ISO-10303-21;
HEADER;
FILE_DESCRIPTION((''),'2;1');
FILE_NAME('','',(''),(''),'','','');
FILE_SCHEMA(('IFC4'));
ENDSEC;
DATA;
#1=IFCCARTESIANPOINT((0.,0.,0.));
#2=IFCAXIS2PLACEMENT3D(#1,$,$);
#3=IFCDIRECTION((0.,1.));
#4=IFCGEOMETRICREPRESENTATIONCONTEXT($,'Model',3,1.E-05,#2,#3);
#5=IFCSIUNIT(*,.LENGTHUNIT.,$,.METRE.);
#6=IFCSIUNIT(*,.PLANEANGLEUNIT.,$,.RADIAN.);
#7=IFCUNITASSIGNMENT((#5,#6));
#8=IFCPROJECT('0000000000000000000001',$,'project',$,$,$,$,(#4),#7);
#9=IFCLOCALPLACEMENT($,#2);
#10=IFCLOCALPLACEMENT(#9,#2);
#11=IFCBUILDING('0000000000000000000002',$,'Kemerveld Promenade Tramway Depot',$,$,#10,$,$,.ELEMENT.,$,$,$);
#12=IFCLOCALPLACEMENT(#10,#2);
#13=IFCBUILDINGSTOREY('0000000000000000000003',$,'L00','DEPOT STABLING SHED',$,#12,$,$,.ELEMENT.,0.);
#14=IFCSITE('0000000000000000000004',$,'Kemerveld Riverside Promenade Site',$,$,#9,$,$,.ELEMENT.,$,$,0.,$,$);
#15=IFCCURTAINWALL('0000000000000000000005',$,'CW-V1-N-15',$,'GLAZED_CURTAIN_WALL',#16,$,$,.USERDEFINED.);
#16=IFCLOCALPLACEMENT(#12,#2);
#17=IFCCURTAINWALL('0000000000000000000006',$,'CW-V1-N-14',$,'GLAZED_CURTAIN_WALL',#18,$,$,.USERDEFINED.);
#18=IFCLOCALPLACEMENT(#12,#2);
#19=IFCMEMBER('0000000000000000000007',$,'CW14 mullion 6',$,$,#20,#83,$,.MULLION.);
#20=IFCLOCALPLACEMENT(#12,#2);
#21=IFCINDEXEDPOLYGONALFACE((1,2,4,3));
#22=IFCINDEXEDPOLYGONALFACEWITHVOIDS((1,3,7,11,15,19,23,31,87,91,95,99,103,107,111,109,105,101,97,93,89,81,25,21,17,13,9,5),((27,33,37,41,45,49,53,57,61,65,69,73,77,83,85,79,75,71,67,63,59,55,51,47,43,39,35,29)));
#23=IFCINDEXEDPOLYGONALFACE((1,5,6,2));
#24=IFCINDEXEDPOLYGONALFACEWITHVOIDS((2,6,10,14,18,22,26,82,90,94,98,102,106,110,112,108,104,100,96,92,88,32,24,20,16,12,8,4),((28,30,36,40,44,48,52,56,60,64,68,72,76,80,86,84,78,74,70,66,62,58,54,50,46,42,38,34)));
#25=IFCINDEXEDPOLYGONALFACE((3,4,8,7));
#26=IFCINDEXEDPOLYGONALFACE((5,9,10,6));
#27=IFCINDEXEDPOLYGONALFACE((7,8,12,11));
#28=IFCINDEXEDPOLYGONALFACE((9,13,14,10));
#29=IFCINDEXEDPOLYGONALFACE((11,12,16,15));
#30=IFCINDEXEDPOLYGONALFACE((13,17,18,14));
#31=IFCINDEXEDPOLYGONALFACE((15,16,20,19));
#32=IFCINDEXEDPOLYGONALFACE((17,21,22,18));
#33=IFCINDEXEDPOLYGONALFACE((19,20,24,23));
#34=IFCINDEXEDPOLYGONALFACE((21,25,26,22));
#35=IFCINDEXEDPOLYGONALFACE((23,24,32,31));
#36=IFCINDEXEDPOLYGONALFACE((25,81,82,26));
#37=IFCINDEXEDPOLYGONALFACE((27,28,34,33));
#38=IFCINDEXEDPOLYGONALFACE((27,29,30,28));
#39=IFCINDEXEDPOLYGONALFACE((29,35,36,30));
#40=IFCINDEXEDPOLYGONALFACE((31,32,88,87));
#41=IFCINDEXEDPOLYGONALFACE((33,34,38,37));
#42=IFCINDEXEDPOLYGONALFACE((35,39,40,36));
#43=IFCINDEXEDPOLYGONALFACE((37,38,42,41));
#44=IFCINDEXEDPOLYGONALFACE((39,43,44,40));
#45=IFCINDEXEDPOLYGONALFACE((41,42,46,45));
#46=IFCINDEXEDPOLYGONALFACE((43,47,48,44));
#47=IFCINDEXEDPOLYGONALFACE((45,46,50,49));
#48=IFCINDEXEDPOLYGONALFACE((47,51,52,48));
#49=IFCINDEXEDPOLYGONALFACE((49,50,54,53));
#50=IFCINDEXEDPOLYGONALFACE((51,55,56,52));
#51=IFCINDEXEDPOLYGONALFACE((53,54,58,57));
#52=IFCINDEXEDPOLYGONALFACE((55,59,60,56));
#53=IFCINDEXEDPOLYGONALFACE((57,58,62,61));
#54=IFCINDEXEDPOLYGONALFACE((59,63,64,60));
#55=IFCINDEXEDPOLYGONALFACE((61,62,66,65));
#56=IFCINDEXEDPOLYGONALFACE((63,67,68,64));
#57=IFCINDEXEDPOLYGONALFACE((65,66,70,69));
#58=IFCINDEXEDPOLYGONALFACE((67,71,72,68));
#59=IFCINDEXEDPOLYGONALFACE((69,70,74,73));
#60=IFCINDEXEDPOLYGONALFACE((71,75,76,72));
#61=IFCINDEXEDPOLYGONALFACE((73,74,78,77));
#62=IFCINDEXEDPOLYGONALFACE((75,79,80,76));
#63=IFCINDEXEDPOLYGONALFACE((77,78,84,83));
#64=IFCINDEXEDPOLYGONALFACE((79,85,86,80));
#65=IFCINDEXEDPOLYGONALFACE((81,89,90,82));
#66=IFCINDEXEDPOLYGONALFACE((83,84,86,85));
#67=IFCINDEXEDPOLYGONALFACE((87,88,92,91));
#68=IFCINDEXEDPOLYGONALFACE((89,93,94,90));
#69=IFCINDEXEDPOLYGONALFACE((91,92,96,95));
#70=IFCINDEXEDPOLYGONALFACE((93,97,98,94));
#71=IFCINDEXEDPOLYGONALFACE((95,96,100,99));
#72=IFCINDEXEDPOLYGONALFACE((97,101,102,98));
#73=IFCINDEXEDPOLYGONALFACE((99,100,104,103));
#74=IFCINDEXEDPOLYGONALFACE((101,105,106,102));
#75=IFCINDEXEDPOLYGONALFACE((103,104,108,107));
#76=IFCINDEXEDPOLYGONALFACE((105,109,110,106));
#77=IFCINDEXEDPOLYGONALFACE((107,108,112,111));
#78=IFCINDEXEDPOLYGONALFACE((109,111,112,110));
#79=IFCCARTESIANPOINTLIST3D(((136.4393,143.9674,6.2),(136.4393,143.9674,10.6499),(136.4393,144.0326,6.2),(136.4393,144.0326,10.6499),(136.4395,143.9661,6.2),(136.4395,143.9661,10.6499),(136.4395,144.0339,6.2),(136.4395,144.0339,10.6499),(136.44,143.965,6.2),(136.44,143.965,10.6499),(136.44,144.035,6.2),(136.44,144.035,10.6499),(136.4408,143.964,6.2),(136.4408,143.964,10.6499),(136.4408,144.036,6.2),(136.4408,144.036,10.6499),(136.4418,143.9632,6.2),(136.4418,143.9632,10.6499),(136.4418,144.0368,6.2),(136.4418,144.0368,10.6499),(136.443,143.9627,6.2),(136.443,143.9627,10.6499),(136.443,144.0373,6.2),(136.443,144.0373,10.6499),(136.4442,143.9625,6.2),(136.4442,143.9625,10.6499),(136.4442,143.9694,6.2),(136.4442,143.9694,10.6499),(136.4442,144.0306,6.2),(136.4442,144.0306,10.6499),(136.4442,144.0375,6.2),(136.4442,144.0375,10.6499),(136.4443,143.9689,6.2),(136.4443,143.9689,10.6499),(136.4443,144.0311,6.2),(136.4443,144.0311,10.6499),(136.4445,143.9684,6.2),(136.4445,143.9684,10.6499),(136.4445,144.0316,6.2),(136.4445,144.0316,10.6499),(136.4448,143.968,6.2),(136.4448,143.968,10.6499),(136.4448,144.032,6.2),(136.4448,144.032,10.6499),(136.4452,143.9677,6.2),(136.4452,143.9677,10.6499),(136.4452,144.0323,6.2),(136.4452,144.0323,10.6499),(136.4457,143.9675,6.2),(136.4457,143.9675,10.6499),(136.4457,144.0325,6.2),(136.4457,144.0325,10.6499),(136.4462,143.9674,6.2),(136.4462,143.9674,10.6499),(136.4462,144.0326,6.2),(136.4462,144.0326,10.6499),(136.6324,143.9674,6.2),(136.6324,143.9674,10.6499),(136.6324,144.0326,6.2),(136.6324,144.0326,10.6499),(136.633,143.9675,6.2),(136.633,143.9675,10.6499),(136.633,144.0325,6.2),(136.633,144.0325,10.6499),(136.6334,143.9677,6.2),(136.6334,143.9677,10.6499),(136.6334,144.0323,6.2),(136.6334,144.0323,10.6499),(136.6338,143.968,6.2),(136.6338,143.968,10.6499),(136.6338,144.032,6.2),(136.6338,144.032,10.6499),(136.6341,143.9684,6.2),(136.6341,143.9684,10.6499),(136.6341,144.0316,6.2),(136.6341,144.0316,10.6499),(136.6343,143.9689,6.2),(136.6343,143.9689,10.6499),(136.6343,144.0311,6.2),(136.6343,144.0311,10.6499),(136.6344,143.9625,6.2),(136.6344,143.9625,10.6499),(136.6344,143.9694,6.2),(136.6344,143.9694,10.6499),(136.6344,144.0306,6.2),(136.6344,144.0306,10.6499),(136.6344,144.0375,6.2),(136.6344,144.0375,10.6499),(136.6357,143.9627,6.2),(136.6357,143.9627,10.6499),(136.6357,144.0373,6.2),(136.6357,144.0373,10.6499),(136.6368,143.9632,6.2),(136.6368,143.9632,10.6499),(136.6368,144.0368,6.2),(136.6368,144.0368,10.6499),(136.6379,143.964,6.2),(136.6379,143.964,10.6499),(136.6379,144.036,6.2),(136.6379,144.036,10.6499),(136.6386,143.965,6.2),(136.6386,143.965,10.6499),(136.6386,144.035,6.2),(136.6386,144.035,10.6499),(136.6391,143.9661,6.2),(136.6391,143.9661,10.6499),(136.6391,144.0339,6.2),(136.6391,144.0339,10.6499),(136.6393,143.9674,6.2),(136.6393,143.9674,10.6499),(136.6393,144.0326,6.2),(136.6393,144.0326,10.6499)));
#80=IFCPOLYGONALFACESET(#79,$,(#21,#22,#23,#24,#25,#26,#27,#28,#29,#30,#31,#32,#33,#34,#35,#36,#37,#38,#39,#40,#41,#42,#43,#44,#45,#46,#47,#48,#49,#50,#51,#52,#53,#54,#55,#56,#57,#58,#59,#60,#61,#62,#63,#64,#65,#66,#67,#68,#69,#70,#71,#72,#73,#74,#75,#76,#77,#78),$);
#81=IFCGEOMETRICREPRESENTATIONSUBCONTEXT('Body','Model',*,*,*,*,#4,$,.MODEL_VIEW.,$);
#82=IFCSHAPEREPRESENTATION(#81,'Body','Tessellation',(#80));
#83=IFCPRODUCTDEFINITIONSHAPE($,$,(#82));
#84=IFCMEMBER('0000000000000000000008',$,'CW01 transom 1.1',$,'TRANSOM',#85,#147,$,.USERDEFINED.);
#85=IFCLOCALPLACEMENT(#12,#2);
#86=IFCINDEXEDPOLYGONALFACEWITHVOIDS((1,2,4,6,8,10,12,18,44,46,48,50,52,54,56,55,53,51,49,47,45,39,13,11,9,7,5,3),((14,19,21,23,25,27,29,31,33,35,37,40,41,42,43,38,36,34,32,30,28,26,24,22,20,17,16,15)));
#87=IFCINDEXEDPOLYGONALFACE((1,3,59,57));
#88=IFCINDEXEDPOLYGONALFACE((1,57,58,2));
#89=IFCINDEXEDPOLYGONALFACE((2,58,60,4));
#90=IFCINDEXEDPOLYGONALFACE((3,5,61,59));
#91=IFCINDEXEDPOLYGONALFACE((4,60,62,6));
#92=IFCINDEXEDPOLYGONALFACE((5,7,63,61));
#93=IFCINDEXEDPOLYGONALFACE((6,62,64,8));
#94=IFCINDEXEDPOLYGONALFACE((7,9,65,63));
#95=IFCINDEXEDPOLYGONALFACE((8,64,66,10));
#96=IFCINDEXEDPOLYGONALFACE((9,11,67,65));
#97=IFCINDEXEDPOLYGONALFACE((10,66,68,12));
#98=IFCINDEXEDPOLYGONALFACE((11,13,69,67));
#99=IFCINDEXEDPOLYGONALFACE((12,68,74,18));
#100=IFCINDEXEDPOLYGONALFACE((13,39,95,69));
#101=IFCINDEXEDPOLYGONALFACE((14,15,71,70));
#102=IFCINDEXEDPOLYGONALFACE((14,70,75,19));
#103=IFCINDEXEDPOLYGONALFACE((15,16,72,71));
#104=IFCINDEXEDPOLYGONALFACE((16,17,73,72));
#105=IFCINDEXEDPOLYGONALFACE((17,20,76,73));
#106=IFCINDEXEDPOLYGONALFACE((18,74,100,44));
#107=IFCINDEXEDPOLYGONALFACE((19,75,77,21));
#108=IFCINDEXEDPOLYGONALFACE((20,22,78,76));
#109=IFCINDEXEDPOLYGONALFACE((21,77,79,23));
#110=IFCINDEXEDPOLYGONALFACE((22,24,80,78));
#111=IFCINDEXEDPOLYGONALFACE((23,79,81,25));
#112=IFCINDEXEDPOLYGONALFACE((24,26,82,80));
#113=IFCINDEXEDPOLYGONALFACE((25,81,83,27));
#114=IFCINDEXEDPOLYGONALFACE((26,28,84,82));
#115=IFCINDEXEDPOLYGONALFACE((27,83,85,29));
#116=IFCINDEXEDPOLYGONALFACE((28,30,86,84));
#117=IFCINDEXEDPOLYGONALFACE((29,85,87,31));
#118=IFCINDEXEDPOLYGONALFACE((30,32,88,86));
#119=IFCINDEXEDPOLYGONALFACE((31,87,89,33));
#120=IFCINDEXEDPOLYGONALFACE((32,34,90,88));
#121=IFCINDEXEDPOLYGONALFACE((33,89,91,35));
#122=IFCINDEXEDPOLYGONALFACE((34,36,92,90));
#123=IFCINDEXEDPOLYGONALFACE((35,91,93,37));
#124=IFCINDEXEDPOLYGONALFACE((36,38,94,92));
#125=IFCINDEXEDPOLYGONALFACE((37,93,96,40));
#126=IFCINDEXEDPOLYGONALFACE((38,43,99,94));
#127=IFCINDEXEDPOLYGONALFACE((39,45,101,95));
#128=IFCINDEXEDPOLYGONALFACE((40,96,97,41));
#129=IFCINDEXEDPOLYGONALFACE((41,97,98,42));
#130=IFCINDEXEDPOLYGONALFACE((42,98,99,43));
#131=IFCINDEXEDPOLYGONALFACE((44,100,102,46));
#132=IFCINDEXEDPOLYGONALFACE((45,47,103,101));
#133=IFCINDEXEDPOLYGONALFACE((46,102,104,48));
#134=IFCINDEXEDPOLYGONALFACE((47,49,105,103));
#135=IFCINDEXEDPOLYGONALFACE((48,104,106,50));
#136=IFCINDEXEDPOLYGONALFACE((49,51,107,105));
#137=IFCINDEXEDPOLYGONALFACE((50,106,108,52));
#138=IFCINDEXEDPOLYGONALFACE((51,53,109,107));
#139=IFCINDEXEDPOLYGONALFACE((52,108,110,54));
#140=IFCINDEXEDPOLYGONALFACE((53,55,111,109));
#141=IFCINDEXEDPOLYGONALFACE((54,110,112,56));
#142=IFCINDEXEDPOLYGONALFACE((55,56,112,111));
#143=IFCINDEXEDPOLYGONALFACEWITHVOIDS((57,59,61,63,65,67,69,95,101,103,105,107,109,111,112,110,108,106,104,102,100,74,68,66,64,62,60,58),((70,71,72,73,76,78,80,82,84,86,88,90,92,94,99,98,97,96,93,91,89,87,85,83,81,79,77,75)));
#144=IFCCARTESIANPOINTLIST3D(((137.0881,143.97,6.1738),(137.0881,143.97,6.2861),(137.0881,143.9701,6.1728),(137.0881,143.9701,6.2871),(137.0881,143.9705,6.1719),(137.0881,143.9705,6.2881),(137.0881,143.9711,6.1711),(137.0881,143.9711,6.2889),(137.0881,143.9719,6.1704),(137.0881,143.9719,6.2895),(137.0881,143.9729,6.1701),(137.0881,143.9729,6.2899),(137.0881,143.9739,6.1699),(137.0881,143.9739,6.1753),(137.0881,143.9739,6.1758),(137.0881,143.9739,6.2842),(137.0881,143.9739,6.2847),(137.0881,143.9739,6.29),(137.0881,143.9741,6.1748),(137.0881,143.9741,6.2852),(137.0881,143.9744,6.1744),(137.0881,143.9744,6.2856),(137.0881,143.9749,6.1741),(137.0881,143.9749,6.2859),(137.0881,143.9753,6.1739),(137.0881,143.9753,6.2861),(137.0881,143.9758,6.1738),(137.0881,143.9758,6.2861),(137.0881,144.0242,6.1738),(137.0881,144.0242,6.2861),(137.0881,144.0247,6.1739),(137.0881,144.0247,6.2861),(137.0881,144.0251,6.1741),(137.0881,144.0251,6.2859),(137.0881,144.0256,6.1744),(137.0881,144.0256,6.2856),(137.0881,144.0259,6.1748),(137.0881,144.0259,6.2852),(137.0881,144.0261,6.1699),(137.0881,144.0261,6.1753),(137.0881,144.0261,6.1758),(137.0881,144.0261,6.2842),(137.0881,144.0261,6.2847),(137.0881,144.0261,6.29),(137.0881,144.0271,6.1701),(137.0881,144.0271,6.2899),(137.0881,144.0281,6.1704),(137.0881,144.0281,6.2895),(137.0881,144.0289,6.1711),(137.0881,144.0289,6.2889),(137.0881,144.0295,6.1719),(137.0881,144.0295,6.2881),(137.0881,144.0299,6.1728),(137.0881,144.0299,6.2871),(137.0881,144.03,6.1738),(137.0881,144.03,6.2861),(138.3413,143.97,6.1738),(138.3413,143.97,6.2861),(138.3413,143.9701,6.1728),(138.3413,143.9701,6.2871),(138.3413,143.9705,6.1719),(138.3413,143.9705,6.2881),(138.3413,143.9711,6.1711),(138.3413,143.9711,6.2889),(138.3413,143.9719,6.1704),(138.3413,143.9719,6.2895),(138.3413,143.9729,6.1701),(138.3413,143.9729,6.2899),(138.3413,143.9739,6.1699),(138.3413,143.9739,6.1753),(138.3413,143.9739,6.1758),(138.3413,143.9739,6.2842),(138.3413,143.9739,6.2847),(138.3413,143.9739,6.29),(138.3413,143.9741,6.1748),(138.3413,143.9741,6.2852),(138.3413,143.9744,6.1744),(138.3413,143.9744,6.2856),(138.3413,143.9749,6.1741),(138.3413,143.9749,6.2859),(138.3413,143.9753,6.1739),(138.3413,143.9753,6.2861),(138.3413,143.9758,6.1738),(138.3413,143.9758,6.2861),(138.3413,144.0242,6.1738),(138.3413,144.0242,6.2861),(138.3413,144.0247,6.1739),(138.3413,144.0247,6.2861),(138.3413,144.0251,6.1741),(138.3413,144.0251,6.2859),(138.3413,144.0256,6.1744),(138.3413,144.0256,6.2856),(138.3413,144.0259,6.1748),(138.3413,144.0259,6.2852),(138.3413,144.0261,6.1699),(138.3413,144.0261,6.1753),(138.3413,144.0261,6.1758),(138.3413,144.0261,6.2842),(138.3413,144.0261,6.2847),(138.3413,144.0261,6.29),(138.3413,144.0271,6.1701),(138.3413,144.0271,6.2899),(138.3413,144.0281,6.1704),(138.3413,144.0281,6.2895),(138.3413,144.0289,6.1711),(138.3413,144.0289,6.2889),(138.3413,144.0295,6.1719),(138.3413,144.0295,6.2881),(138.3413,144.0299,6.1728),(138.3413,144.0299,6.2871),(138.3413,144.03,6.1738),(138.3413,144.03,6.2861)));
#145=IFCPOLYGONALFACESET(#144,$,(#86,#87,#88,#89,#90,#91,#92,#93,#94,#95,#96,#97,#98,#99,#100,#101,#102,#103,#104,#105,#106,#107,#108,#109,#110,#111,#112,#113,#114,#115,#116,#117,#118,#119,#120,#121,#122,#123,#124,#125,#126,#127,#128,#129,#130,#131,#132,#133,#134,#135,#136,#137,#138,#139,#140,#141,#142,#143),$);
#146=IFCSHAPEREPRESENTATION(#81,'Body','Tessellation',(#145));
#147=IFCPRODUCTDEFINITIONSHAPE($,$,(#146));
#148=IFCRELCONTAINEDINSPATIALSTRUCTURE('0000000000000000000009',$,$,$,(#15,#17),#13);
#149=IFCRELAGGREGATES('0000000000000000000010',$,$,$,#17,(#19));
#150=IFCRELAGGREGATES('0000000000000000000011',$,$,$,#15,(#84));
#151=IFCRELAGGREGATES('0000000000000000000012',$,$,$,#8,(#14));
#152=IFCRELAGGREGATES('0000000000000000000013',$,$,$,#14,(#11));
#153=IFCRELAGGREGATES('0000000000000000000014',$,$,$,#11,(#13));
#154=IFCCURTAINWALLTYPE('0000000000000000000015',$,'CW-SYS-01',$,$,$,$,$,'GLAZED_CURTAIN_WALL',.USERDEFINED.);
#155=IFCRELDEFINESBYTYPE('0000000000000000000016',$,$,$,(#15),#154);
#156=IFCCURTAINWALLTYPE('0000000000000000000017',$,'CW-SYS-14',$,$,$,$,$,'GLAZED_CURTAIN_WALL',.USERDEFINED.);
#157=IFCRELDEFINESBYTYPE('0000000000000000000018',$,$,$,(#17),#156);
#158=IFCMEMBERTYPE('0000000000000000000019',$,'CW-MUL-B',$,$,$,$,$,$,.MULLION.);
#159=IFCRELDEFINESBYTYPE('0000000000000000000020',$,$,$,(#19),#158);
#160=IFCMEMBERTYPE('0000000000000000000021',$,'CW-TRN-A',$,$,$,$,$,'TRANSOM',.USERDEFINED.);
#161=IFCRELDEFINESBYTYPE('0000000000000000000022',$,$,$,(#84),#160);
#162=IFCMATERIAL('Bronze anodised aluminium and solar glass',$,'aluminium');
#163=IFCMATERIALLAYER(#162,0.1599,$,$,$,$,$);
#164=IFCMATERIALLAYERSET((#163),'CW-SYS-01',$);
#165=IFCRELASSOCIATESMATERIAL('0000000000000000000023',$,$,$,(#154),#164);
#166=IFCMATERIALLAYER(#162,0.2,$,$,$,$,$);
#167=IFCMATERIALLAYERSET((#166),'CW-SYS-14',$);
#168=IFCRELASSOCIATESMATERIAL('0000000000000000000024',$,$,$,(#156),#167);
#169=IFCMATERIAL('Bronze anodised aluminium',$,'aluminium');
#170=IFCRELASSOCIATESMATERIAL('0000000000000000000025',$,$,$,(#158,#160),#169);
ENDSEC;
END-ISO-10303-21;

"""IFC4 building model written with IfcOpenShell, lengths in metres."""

from ifc_helpers import new_model, si_unit, direction, frame, origin, origin_2d, place, context, subcontext, project, spatial, hollow_rectangle, extrude, material, layer, layer_set, material_profile, profile_set, type_object, element, aggregate, save


model = new_model("IFC4")

# Units and contexts
model_context = context("Model", 3, precision=1e-05, world=origin(), true_north=direction((0.0, 1.0)))
body_context = subcontext(model_context, "Body", "Model", "MODEL_VIEW")
ifc_project = project(units=[si_unit("LENGTHUNIT", "METRE"), si_unit("PLANEANGLEUNIT", "RADIAN")], contexts=[model_context])

# Site, building, storey
site_placement = place(None, origin())
site = spatial("IfcSite", under=ifc_project, at=site_placement, Name="Kemerveld Riverside Promenade Site", CompositionType="ELEMENT", RefElevation=0.0)
building_placement = place(site_placement, origin())
building = spatial("IfcBuilding", under=site, at=building_placement, Name="Kemerveld Promenade Tramway Depot", CompositionType="ELEMENT")
storey_placement = place(building_placement, origin())
storey = spatial("IfcBuildingStorey", under=building, at=storey_placement, Name="L00", Description="DEPOT STABLING SHED", CompositionType="ELEMENT", Elevation=0.0)

# Curtain wall
ifc_material_1 = material(Name="Bronze anodised aluminium and solar glass", Category="aluminium")
ifc_layer_1 = layer(ifc_material_1, 0.1599)
ifc_layer_set_1 = layer_set([ifc_layer_1], Name="CW-SYS-01")
curtain_wall_type_1 = type_object("IfcCurtainWallType", Name="CW-SYS-01", ElementType="GLAZED_CURTAIN_WALL", PredefinedType="USERDEFINED", material=ifc_layer_set_1)
curtain_wall_1_placement = place(storey_placement, origin())
curtain_wall_1 = element("IfcCurtainWall", 1, at=curtain_wall_1_placement, inside=storey, type_object=curtain_wall_type_1, Name="CW-V1-N-15", ObjectType="GLAZED_CURTAIN_WALL", PredefinedType="USERDEFINED")
ifc_material_2 = material(Name="Bronze anodised aluminium", Category="aluminium")

# Curtain wall, member
ifc_layer_2 = layer(ifc_material_1, 0.2)
ifc_layer_set_2 = layer_set([ifc_layer_2], Name="CW-SYS-14")
curtain_wall_type_2 = type_object("IfcCurtainWallType", Name="CW-SYS-14", ElementType="GLAZED_CURTAIN_WALL", PredefinedType="USERDEFINED", material=ifc_layer_set_2)
curtain_wall_2_placement = place(storey_placement, origin())
curtain_wall_2 = element("IfcCurtainWall", 2, at=curtain_wall_2_placement, inside=storey, type_object=curtain_wall_type_2, Name="CW-V1-N-14", ObjectType="GLAZED_CURTAIN_WALL", PredefinedType="USERDEFINED")
ifc_material_profile_1 = material_profile(ifc_material_2, hollow_rectangle(XDim=0.075, YDim=0.2, WallThickness=0.0049, InnerFilletRadius=0.002, OuterFilletRadius=0.0049, at=origin_2d()), Name="CW-MUL-200x75")
ifc_profile_set_1 = profile_set([ifc_material_profile_1], Name="Bronze anodised aluminium")
member_type_1 = type_object("IfcMemberType", Name="CW-MUL-B", PredefinedType="MULLION", material=ifc_profile_set_1)
member_1_placement = place(storey_placement, frame((136.5393, 144.0, 6.2), z_axis=(0.0, 0.0, 1.0), x_axis=(0.0, 1.0, 0.0)))
member_1 = element("IfcMember", 3, at=member_1_placement, type_object=member_type_1, Name="CW14 mullion 6", PredefinedType="MULLION", context=body_context, shape_type="SweptSolid", body=[
    extrude(hollow_rectangle(XDim=0.075, YDim=0.2, WallThickness=0.0049, InnerFilletRadius=0.002, OuterFilletRadius=0.0049, at=origin_2d()), origin(), (0.0, 0.0, 1.0), 4.45),
])

# Member
ifc_material_profile_2 = material_profile(ifc_material_2, hollow_rectangle(XDim=0.0601, YDim=0.1201, WallThickness=0.0039, InnerFilletRadius=0.002, OuterFilletRadius=0.0039, at=origin_2d()), Name="CW-TRN-120x60")
ifc_profile_set_2 = profile_set([ifc_material_profile_2], Name="Bronze anodised aluminium")
member_type_2 = type_object("IfcMemberType", Name="CW-TRN-A", ElementType="TRANSOM", PredefinedType="USERDEFINED", material=ifc_profile_set_2)
member_2_placement = place(storey_placement, frame((137.0881, 144.0, 6.23), z_axis=(1.0, 0.0, 0.0), x_axis=(0.0, 1.0, 0.0)))
member_2 = element("IfcMember", 4, at=member_2_placement, type_object=member_type_2, Name="CW01 transom 1.1", ObjectType="TRANSOM", PredefinedType="USERDEFINED", context=body_context, shape_type="SweptSolid", body=[
    extrude(hollow_rectangle(XDim=0.0601, YDim=0.1201, WallThickness=0.0039, InnerFilletRadius=0.002, OuterFilletRadius=0.0039, at=origin_2d()), origin(), (0.0, 0.0, 1.0), 1.2532),
])

aggregate(curtain_wall_2, [member_1])
aggregate(curtain_wall_1, [member_2])

save(model, "model.ifc")
